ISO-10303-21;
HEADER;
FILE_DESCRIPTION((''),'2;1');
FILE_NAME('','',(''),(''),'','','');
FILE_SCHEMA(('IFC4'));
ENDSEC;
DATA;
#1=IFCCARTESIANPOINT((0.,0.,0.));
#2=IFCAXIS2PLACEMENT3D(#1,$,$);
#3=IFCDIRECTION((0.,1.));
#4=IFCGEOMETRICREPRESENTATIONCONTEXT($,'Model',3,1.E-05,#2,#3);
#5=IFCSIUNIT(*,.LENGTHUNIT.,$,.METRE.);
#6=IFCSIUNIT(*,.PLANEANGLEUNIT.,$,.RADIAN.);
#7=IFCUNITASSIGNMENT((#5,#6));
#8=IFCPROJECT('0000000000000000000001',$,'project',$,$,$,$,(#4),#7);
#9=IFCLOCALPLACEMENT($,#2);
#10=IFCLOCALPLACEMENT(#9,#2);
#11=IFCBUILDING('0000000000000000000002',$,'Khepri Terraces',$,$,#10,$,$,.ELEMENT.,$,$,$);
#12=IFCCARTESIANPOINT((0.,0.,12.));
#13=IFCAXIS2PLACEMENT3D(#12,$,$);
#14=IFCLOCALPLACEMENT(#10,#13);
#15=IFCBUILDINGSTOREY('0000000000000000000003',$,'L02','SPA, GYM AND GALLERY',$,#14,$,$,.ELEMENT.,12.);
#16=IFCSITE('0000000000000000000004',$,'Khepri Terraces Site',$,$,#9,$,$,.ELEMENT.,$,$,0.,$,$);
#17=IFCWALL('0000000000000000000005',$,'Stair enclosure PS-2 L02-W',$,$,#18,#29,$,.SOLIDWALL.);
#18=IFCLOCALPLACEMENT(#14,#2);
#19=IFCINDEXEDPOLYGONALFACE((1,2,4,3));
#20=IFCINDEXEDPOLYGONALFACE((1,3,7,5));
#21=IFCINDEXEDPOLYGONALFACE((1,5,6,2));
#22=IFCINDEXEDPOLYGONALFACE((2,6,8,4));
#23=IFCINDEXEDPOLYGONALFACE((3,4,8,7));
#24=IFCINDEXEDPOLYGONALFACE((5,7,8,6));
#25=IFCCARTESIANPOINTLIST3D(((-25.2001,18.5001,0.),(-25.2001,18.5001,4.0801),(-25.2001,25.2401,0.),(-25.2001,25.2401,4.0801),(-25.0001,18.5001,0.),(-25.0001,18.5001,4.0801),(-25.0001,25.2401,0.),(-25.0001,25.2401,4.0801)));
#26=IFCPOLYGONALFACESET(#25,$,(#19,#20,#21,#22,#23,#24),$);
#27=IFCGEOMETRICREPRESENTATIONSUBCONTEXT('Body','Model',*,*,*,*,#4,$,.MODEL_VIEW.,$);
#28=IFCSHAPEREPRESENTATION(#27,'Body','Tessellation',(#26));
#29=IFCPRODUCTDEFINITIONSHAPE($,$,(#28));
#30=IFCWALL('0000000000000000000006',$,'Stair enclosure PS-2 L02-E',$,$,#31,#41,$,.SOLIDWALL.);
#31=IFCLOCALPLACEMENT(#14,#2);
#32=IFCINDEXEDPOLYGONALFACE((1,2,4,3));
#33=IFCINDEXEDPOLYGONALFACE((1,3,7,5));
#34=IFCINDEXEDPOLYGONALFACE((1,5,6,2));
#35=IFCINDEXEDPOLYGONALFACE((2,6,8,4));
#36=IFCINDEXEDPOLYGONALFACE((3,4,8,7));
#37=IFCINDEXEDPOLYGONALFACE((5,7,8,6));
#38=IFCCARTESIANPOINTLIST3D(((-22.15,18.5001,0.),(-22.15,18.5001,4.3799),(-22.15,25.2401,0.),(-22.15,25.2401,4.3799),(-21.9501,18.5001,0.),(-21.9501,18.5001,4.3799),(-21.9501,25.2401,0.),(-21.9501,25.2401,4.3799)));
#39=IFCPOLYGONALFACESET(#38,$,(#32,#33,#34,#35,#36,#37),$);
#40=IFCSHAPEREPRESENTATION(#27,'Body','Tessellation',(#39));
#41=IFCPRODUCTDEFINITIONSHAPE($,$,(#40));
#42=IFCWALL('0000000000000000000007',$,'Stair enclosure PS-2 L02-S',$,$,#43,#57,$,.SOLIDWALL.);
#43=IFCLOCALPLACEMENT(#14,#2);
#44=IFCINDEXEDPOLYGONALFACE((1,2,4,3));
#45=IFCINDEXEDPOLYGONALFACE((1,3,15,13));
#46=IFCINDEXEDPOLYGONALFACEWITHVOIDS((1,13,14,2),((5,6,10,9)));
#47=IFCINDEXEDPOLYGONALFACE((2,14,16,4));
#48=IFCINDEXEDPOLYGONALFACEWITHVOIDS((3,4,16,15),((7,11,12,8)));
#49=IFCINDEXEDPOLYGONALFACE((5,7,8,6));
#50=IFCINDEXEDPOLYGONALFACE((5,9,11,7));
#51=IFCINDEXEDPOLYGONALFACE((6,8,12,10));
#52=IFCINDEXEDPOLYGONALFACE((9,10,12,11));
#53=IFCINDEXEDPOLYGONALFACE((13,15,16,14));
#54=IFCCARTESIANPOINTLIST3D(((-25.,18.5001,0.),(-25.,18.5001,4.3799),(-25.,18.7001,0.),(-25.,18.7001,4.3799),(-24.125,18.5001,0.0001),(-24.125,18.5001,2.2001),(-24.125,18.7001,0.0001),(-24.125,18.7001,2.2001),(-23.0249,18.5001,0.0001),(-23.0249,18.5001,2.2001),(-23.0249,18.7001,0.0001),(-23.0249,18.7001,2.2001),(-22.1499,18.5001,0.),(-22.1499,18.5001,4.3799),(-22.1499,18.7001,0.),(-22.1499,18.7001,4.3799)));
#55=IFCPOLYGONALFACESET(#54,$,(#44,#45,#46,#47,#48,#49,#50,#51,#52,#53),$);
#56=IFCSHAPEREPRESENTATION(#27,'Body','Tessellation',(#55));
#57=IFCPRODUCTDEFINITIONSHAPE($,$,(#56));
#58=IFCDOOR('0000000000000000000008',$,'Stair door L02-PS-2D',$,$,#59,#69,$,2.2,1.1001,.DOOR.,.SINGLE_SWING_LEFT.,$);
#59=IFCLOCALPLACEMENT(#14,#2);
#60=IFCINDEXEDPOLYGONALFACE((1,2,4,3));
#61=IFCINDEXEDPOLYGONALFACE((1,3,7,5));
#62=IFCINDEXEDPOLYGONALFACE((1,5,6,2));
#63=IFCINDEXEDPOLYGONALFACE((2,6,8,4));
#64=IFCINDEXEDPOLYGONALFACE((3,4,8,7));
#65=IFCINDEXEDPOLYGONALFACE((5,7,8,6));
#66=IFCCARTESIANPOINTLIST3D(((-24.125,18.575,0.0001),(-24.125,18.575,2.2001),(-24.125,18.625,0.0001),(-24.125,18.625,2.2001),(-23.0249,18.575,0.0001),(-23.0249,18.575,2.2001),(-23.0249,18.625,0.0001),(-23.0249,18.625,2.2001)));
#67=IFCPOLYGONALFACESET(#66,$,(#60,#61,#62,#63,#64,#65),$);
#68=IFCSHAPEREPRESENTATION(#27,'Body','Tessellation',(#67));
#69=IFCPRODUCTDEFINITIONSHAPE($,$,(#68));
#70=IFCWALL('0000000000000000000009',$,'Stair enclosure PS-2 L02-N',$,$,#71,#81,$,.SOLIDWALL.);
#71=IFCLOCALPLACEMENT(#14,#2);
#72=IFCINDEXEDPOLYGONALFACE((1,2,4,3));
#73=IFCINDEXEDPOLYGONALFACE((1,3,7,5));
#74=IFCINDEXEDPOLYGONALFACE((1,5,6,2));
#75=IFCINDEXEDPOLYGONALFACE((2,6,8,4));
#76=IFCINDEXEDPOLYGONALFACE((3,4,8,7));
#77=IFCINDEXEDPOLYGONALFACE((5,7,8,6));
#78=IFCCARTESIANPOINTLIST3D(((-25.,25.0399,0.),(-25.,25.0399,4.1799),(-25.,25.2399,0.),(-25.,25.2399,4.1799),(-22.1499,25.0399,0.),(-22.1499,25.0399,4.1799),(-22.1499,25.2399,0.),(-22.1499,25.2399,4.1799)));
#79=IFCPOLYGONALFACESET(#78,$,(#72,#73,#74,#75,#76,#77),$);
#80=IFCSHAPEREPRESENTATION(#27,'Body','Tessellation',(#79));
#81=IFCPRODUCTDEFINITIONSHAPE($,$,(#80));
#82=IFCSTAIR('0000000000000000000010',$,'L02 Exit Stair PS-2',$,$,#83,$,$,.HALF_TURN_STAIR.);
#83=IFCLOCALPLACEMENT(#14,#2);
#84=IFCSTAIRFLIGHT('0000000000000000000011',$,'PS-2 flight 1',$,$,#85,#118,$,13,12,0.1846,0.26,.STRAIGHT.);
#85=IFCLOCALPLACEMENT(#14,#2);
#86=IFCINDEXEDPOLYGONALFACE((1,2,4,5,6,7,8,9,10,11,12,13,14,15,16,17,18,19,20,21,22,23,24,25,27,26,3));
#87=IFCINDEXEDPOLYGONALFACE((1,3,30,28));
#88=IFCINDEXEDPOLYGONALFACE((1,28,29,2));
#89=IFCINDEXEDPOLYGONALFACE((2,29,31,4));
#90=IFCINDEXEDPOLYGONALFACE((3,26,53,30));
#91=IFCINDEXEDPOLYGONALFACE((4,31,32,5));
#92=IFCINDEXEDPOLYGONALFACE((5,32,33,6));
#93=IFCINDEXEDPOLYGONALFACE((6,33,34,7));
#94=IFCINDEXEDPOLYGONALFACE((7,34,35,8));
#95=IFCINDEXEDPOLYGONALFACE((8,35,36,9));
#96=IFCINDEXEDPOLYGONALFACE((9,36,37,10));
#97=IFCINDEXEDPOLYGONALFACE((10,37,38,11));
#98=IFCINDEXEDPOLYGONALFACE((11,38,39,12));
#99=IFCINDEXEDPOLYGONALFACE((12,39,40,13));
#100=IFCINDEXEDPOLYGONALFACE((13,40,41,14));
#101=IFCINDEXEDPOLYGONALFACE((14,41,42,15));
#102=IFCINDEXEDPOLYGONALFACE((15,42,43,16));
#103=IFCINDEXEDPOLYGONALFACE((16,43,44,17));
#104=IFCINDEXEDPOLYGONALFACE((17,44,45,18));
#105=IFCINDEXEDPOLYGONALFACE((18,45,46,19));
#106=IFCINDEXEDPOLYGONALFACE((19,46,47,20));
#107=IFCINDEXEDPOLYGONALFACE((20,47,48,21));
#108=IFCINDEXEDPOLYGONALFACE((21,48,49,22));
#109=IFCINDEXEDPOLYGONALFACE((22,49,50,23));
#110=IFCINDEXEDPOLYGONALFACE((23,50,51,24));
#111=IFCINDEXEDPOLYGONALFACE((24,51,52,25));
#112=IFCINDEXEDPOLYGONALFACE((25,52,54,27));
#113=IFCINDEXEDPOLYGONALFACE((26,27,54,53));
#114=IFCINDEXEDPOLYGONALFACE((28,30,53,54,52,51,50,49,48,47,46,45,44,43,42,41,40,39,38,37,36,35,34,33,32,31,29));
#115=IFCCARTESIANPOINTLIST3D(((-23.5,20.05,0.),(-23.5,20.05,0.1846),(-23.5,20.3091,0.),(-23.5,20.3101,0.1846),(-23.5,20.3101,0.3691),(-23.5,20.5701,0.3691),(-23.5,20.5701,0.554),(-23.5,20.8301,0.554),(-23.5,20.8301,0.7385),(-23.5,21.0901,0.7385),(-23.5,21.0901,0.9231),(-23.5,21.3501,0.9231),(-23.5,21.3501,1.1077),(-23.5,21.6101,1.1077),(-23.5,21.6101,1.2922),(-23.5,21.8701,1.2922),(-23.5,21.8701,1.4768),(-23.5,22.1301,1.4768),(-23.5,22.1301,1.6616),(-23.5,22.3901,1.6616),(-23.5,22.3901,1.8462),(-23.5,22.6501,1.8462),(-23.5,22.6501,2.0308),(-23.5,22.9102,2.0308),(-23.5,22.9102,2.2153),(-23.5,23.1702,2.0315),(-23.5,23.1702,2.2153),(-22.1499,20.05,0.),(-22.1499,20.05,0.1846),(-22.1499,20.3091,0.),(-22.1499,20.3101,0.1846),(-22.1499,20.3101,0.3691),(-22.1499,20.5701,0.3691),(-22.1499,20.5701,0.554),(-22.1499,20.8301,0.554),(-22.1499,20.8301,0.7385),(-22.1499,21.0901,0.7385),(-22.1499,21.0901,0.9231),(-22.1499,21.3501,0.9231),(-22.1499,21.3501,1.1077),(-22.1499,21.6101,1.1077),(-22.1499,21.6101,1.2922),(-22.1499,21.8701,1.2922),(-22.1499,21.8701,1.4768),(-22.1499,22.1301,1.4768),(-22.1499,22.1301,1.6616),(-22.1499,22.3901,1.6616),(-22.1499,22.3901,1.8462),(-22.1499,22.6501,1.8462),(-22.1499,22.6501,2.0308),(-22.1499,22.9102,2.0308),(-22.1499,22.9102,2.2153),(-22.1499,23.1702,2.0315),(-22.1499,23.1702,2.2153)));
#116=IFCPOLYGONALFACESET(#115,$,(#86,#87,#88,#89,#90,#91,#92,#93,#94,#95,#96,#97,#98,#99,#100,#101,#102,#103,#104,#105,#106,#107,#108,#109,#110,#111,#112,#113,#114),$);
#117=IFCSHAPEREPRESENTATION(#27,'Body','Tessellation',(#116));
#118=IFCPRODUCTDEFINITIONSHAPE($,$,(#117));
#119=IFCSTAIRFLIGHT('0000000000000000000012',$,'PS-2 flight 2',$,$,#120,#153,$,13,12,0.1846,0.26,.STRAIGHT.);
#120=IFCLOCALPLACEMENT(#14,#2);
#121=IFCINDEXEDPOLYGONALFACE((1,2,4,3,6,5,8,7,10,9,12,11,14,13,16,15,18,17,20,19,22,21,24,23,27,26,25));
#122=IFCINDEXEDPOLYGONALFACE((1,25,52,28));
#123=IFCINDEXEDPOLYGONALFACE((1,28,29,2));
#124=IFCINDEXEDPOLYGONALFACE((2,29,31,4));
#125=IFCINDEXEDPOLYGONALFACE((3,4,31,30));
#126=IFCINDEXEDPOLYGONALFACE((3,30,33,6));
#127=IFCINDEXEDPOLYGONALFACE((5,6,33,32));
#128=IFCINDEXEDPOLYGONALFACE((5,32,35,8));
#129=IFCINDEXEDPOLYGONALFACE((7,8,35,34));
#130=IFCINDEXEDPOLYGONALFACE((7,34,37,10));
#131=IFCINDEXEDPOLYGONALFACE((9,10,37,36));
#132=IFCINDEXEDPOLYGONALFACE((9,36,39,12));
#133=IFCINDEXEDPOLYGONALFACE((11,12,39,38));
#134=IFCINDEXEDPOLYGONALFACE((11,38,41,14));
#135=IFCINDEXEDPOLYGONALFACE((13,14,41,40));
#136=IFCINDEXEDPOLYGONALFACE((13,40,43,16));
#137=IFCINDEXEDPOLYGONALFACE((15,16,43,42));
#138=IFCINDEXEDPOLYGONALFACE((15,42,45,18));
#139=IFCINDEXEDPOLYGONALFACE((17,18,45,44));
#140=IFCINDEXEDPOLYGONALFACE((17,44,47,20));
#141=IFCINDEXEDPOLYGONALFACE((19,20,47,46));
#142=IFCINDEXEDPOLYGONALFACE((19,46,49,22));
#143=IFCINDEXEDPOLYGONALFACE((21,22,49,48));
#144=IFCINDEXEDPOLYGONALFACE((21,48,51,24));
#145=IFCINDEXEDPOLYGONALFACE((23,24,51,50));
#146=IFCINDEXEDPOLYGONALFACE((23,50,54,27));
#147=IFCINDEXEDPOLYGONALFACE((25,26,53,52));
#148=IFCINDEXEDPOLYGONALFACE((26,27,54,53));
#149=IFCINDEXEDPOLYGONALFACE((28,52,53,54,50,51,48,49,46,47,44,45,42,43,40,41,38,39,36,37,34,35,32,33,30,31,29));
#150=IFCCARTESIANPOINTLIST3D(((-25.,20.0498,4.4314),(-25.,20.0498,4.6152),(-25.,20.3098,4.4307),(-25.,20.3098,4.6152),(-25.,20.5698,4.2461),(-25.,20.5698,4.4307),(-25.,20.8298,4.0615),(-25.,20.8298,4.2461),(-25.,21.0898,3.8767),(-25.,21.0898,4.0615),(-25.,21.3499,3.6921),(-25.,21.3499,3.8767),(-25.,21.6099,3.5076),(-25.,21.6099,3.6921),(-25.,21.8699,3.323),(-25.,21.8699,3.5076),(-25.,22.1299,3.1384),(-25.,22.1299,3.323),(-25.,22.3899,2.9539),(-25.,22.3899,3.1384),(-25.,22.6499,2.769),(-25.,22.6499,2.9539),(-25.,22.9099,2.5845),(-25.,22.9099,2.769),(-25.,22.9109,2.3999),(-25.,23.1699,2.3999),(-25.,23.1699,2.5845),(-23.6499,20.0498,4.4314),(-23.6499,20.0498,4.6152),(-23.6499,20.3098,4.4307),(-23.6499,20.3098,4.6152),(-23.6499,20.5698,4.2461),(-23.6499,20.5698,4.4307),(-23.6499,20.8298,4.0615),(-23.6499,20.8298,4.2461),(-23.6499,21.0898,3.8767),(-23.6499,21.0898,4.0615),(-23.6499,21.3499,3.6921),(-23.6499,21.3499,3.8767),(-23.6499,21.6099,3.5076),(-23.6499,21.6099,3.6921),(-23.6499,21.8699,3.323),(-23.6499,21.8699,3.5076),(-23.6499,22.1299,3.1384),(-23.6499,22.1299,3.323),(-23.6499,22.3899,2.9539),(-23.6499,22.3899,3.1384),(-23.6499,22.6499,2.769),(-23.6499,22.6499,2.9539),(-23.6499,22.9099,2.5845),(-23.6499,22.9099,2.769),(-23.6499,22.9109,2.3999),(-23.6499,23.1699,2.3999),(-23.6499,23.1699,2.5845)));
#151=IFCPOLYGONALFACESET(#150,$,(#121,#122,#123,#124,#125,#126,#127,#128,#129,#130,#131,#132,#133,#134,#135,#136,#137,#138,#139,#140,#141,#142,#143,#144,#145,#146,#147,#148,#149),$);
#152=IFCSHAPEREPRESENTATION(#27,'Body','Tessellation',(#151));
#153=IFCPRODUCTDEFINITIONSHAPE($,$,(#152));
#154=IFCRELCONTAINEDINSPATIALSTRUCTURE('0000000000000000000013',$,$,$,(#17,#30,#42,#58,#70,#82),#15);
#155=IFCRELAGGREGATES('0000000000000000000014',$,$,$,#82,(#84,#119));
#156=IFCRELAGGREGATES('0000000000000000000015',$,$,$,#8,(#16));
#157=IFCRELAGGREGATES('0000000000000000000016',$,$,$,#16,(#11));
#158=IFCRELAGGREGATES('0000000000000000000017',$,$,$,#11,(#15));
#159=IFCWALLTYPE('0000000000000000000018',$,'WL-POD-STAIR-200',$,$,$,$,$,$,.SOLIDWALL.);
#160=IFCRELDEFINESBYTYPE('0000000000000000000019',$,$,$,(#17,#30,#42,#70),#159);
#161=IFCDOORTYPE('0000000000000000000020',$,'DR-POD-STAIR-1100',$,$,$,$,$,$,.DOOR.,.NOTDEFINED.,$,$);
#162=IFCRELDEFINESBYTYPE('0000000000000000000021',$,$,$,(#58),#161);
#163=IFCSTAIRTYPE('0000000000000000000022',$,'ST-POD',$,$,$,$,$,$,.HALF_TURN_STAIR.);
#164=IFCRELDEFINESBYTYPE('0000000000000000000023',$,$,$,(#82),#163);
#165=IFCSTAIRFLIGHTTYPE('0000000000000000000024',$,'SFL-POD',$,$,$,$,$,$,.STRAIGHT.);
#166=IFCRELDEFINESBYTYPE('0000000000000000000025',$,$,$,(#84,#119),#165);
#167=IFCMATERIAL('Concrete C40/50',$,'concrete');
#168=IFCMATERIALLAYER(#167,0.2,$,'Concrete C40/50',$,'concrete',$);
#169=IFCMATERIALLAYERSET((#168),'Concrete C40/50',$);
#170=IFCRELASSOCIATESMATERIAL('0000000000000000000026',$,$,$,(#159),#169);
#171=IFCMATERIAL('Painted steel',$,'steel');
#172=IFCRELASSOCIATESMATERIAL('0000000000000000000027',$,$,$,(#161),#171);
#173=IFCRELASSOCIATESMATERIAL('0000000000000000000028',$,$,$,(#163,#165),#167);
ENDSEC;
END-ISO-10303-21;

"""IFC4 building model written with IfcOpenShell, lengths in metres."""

from ifc_helpers import new_model, si_unit, direction, frame, frame_2d, origin, place, context, subcontext, project, spatial, polyline, rectangle, outline, extrude, material, layer, layer_set, type_object, element, fill, aggregate, save


model = new_model("IFC4")

# Units and contexts
model_context = context("Model", 3, precision=1e-05, world=origin(), true_north=direction((0.0, 1.0)))
body_context = subcontext(model_context, "Body", "Model", "MODEL_VIEW")
ifc_project = project(units=[si_unit("LENGTHUNIT", "METRE"), si_unit("PLANEANGLEUNIT", "RADIAN")], contexts=[model_context])

# Site, building, storey
site_placement = place(None, origin())
site = spatial("IfcSite", under=ifc_project, at=site_placement, Name="Khepri Terraces Site", CompositionType="ELEMENT", RefElevation=0.0)
building_placement = place(site_placement, origin())
building = spatial("IfcBuilding", under=site, at=building_placement, Name="Khepri Terraces", CompositionType="ELEMENT")
storey_placement = place(building_placement, frame((0.0, 0.0, 12.0)))
storey = spatial("IfcBuildingStorey", under=building, at=storey_placement, Name="L02", Description="SPA, GYM AND GALLERY", CompositionType="ELEMENT", Elevation=12.0)

# Shared definitions
ifc_material_1 = material(Name="Painted steel", Category="steel")

# Walls
ifc_material_2 = material(Name="Concrete C40/50", Category="concrete")
ifc_layer_1 = layer(ifc_material_2, 0.2, Name="Concrete C40/50", Category="concrete")
ifc_layer_set_1 = layer_set([ifc_layer_1], Name="Concrete C40/50")
wall_type_1 = type_object("IfcWallType", Name="WL-POD-STAIR-200", PredefinedType="SOLIDWALL", material=ifc_layer_set_1)
wall_1_placement = place(storey_placement, frame((-25.1001, 18.5, 0.0), z_axis=(0.0, 0.0, 1.0), x_axis=(0.0, 1.0, 0.0)))
element("IfcWall", 1, at=wall_1_placement, inside=storey, type_object=wall_type_1, Name="Stair enclosure PS-2 L02-W", PredefinedType="SOLIDWALL", context=body_context, shape_type="SweptSolid", body=[
    extrude(rectangle(XDim=6.74, YDim=0.2, at=frame_2d((3.3701, 0.0))), origin(), (0.0, 0.0, 1.0), 4.0801),
])
wall_2_placement = place(storey_placement, frame((-22.05, 18.5, 0.0), z_axis=(0.0, 0.0, 1.0), x_axis=(0.0, 1.0, 0.0)))
element("IfcWall", 2, at=wall_2_placement, inside=storey, type_object=wall_type_1, Name="Stair enclosure PS-2 L02-E", PredefinedType="SOLIDWALL", context=body_context, shape_type="SweptSolid", body=[
    extrude(rectangle(XDim=6.74, YDim=0.2, at=frame_2d((3.3701, 0.0))), origin(), (0.0, 0.0, 1.0), 4.3799),
])

# Wall, opening, door
wall_3_placement = place(storey_placement, frame((-25.0, 18.6001, 0.0), z_axis=(0.0, 0.0, 1.0), x_axis=(1.0, 0.0, 0.0)))
wall_3 = element("IfcWall", 3, at=wall_3_placement, inside=storey, type_object=wall_type_1, Name="Stair enclosure PS-2 L02-S", PredefinedType="SOLIDWALL", context=body_context, shape_type="SweptSolid", body=[
    extrude(rectangle(XDim=2.8501, YDim=0.2, at=frame_2d((1.425, 0.0))), origin(), (0.0, 0.0, 1.0), 4.3799),
])
opening_1_placement = place(wall_3_placement, frame((0.875, 0.0, 0.0)))
opening_1 = element("IfcOpeningElement", 4, at=opening_1_placement, cuts=wall_3, PredefinedType="OPENING", context=body_context, shape_type="SweptSolid", body=[
    extrude(rectangle(XDim=1.1001, YDim=2.2, at=frame_2d((0.55, 1.1001))), frame((0.0, 0.1099, 0.0), z_axis=(0.0, -1.0, 0.0), x_axis=(1.0, 0.0, 0.0)), (0.0, 0.0, 1.0), 0.22),
])
door_type_1 = type_object("IfcDoorType", Name="DR-POD-STAIR-1100", OperationType="NOTDEFINED", PredefinedType="DOOR", material=ifc_material_1)
door_1_placement = place(opening_1_placement, origin())
door_1 = element("IfcDoor", 5, at=door_1_placement, inside=storey, type_object=door_type_1, Name="Stair door L02-PS-2D", OperationType="SINGLE_SWING_LEFT", OverallHeight=2.2, OverallWidth=1.1001, PredefinedType="DOOR", context=body_context, shape_type="SweptSolid", body=[
    extrude(rectangle(XDim=1.1001, YDim=2.2, at=frame_2d((0.55, 1.1001))), frame((0.0, 0.0249, 0.0), z_axis=(0.0, -1.0, 0.0), x_axis=(1.0, 0.0, 0.0)), (0.0, 0.0, 1.0), 0.05),
])
fill(opening_1, door_1)

# Wall
wall_4_placement = place(storey_placement, frame((-25.0, 25.1399, 0.0), z_axis=(0.0, 0.0, 1.0), x_axis=(1.0, 0.0, 0.0)))
element("IfcWall", 6, at=wall_4_placement, inside=storey, type_object=wall_type_1, Name="Stair enclosure PS-2 L02-N", PredefinedType="SOLIDWALL", context=body_context, shape_type="SweptSolid", body=[
    extrude(rectangle(XDim=2.8501, YDim=0.2, at=frame_2d((1.425, 0.0))), origin(), (0.0, 0.0, 1.0), 4.1799),
])

# Stair, stair flights
stair_type = type_object("IfcStairType", Name="ST-POD", PredefinedType="HALF_TURN_STAIR", material=ifc_material_2)
stair_placement = place(storey_placement, origin())
stair = element("IfcStair", 7, at=stair_placement, inside=storey, type_object=stair_type, Name="L02 Exit Stair PS-2", PredefinedType="HALF_TURN_STAIR")
stair_flight_type = type_object("IfcStairFlightType", Name="SFL-POD", PredefinedType="STRAIGHT", material=ifc_material_2)
stair_flight_1_placement = place(storey_placement, frame((-22.825, 20.05, 0.0), z_axis=(0.0, 0.0, 1.0), x_axis=(0.0, 1.0, 0.0)))
stair_flight_1 = element("IfcStairFlight", 8, at=stair_flight_1_placement, type_object=stair_flight_type, Name="PS-2 flight 1", NumberOfRisers=13, NumberOfTreads=12, PredefinedType="STRAIGHT", RiserHeight=0.1846, TreadLength=0.26, context=body_context, shape_type="SweptSolid", body=[
    extrude(outline(polyline([(0.0, 0.0), (0.0, 0.1846), (0.26, 0.1846), (0.26, 0.3691), (0.52, 0.3691), (0.52, 0.554), (0.78, 0.554), (0.78, 0.7385), (1.04, 0.7385), (1.04, 0.9231), (1.3, 0.9231), (1.3, 1.1077), (1.5601, 1.1077), (1.5601, 1.2922), (1.8201, 1.2922), (1.8201, 1.4768), (2.0801, 1.4768), (2.0801, 1.6616), (2.3401, 1.6616), (2.3401, 1.8462), (2.6001, 1.8462), (2.6001, 2.0308), (2.8601, 2.0308), (2.8601, 2.2153), (3.1201, 2.2153), (3.1201, 2.3999), (3.1201, 2.0315), (0.259, 0.0), (0.0, 0.0)])), frame((0.0, 0.675, 0.0), z_axis=(0.0, -1.0, 0.0), x_axis=(1.0, 0.0, 0.0)), (0.0, 0.0, 1.0), 1.3501),
])
stair_flight_2_placement = place(storey_placement, frame((-24.325, 23.1699, 2.3999), z_axis=(0.0, 0.0, 1.0), x_axis=(0.0, -1.0, 0.0)))
stair_flight_2 = element("IfcStairFlight", 9, at=stair_flight_2_placement, type_object=stair_flight_type, Name="PS-2 flight 2", NumberOfRisers=13, NumberOfTreads=12, PredefinedType="STRAIGHT", RiserHeight=0.1846, TreadLength=0.26, context=body_context, shape_type="SweptSolid", body=[
    extrude(outline(polyline([(0.0, 0.0), (0.0, 0.1846), (0.26, 0.1846), (0.26, 0.3691), (0.52, 0.3691), (0.52, 0.554), (0.78, 0.554), (0.78, 0.7385), (1.04, 0.7385), (1.04, 0.9231), (1.3, 0.9231), (1.3, 1.1077), (1.5601, 1.1077), (1.5601, 1.2922), (1.8201, 1.2922), (1.8201, 1.4768), (2.0801, 1.4768), (2.0801, 1.6616), (2.3401, 1.6616), (2.3401, 1.8462), (2.6001, 1.8462), (2.6001, 2.0308), (2.8601, 2.0308), (2.8601, 2.2153), (3.1201, 2.2153), (3.1201, 2.3999), (3.1201, 2.0315), (0.259, 0.0), (0.0, 0.0)])), frame((0.0, 0.675, 0.0), z_axis=(0.0, -1.0, 0.0), x_axis=(1.0, 0.0, 0.0)), (0.0, 0.0, 1.0), 1.3501),
])
aggregate(stair, [stair_flight_1, stair_flight_2])

save(model, "model.ifc")
